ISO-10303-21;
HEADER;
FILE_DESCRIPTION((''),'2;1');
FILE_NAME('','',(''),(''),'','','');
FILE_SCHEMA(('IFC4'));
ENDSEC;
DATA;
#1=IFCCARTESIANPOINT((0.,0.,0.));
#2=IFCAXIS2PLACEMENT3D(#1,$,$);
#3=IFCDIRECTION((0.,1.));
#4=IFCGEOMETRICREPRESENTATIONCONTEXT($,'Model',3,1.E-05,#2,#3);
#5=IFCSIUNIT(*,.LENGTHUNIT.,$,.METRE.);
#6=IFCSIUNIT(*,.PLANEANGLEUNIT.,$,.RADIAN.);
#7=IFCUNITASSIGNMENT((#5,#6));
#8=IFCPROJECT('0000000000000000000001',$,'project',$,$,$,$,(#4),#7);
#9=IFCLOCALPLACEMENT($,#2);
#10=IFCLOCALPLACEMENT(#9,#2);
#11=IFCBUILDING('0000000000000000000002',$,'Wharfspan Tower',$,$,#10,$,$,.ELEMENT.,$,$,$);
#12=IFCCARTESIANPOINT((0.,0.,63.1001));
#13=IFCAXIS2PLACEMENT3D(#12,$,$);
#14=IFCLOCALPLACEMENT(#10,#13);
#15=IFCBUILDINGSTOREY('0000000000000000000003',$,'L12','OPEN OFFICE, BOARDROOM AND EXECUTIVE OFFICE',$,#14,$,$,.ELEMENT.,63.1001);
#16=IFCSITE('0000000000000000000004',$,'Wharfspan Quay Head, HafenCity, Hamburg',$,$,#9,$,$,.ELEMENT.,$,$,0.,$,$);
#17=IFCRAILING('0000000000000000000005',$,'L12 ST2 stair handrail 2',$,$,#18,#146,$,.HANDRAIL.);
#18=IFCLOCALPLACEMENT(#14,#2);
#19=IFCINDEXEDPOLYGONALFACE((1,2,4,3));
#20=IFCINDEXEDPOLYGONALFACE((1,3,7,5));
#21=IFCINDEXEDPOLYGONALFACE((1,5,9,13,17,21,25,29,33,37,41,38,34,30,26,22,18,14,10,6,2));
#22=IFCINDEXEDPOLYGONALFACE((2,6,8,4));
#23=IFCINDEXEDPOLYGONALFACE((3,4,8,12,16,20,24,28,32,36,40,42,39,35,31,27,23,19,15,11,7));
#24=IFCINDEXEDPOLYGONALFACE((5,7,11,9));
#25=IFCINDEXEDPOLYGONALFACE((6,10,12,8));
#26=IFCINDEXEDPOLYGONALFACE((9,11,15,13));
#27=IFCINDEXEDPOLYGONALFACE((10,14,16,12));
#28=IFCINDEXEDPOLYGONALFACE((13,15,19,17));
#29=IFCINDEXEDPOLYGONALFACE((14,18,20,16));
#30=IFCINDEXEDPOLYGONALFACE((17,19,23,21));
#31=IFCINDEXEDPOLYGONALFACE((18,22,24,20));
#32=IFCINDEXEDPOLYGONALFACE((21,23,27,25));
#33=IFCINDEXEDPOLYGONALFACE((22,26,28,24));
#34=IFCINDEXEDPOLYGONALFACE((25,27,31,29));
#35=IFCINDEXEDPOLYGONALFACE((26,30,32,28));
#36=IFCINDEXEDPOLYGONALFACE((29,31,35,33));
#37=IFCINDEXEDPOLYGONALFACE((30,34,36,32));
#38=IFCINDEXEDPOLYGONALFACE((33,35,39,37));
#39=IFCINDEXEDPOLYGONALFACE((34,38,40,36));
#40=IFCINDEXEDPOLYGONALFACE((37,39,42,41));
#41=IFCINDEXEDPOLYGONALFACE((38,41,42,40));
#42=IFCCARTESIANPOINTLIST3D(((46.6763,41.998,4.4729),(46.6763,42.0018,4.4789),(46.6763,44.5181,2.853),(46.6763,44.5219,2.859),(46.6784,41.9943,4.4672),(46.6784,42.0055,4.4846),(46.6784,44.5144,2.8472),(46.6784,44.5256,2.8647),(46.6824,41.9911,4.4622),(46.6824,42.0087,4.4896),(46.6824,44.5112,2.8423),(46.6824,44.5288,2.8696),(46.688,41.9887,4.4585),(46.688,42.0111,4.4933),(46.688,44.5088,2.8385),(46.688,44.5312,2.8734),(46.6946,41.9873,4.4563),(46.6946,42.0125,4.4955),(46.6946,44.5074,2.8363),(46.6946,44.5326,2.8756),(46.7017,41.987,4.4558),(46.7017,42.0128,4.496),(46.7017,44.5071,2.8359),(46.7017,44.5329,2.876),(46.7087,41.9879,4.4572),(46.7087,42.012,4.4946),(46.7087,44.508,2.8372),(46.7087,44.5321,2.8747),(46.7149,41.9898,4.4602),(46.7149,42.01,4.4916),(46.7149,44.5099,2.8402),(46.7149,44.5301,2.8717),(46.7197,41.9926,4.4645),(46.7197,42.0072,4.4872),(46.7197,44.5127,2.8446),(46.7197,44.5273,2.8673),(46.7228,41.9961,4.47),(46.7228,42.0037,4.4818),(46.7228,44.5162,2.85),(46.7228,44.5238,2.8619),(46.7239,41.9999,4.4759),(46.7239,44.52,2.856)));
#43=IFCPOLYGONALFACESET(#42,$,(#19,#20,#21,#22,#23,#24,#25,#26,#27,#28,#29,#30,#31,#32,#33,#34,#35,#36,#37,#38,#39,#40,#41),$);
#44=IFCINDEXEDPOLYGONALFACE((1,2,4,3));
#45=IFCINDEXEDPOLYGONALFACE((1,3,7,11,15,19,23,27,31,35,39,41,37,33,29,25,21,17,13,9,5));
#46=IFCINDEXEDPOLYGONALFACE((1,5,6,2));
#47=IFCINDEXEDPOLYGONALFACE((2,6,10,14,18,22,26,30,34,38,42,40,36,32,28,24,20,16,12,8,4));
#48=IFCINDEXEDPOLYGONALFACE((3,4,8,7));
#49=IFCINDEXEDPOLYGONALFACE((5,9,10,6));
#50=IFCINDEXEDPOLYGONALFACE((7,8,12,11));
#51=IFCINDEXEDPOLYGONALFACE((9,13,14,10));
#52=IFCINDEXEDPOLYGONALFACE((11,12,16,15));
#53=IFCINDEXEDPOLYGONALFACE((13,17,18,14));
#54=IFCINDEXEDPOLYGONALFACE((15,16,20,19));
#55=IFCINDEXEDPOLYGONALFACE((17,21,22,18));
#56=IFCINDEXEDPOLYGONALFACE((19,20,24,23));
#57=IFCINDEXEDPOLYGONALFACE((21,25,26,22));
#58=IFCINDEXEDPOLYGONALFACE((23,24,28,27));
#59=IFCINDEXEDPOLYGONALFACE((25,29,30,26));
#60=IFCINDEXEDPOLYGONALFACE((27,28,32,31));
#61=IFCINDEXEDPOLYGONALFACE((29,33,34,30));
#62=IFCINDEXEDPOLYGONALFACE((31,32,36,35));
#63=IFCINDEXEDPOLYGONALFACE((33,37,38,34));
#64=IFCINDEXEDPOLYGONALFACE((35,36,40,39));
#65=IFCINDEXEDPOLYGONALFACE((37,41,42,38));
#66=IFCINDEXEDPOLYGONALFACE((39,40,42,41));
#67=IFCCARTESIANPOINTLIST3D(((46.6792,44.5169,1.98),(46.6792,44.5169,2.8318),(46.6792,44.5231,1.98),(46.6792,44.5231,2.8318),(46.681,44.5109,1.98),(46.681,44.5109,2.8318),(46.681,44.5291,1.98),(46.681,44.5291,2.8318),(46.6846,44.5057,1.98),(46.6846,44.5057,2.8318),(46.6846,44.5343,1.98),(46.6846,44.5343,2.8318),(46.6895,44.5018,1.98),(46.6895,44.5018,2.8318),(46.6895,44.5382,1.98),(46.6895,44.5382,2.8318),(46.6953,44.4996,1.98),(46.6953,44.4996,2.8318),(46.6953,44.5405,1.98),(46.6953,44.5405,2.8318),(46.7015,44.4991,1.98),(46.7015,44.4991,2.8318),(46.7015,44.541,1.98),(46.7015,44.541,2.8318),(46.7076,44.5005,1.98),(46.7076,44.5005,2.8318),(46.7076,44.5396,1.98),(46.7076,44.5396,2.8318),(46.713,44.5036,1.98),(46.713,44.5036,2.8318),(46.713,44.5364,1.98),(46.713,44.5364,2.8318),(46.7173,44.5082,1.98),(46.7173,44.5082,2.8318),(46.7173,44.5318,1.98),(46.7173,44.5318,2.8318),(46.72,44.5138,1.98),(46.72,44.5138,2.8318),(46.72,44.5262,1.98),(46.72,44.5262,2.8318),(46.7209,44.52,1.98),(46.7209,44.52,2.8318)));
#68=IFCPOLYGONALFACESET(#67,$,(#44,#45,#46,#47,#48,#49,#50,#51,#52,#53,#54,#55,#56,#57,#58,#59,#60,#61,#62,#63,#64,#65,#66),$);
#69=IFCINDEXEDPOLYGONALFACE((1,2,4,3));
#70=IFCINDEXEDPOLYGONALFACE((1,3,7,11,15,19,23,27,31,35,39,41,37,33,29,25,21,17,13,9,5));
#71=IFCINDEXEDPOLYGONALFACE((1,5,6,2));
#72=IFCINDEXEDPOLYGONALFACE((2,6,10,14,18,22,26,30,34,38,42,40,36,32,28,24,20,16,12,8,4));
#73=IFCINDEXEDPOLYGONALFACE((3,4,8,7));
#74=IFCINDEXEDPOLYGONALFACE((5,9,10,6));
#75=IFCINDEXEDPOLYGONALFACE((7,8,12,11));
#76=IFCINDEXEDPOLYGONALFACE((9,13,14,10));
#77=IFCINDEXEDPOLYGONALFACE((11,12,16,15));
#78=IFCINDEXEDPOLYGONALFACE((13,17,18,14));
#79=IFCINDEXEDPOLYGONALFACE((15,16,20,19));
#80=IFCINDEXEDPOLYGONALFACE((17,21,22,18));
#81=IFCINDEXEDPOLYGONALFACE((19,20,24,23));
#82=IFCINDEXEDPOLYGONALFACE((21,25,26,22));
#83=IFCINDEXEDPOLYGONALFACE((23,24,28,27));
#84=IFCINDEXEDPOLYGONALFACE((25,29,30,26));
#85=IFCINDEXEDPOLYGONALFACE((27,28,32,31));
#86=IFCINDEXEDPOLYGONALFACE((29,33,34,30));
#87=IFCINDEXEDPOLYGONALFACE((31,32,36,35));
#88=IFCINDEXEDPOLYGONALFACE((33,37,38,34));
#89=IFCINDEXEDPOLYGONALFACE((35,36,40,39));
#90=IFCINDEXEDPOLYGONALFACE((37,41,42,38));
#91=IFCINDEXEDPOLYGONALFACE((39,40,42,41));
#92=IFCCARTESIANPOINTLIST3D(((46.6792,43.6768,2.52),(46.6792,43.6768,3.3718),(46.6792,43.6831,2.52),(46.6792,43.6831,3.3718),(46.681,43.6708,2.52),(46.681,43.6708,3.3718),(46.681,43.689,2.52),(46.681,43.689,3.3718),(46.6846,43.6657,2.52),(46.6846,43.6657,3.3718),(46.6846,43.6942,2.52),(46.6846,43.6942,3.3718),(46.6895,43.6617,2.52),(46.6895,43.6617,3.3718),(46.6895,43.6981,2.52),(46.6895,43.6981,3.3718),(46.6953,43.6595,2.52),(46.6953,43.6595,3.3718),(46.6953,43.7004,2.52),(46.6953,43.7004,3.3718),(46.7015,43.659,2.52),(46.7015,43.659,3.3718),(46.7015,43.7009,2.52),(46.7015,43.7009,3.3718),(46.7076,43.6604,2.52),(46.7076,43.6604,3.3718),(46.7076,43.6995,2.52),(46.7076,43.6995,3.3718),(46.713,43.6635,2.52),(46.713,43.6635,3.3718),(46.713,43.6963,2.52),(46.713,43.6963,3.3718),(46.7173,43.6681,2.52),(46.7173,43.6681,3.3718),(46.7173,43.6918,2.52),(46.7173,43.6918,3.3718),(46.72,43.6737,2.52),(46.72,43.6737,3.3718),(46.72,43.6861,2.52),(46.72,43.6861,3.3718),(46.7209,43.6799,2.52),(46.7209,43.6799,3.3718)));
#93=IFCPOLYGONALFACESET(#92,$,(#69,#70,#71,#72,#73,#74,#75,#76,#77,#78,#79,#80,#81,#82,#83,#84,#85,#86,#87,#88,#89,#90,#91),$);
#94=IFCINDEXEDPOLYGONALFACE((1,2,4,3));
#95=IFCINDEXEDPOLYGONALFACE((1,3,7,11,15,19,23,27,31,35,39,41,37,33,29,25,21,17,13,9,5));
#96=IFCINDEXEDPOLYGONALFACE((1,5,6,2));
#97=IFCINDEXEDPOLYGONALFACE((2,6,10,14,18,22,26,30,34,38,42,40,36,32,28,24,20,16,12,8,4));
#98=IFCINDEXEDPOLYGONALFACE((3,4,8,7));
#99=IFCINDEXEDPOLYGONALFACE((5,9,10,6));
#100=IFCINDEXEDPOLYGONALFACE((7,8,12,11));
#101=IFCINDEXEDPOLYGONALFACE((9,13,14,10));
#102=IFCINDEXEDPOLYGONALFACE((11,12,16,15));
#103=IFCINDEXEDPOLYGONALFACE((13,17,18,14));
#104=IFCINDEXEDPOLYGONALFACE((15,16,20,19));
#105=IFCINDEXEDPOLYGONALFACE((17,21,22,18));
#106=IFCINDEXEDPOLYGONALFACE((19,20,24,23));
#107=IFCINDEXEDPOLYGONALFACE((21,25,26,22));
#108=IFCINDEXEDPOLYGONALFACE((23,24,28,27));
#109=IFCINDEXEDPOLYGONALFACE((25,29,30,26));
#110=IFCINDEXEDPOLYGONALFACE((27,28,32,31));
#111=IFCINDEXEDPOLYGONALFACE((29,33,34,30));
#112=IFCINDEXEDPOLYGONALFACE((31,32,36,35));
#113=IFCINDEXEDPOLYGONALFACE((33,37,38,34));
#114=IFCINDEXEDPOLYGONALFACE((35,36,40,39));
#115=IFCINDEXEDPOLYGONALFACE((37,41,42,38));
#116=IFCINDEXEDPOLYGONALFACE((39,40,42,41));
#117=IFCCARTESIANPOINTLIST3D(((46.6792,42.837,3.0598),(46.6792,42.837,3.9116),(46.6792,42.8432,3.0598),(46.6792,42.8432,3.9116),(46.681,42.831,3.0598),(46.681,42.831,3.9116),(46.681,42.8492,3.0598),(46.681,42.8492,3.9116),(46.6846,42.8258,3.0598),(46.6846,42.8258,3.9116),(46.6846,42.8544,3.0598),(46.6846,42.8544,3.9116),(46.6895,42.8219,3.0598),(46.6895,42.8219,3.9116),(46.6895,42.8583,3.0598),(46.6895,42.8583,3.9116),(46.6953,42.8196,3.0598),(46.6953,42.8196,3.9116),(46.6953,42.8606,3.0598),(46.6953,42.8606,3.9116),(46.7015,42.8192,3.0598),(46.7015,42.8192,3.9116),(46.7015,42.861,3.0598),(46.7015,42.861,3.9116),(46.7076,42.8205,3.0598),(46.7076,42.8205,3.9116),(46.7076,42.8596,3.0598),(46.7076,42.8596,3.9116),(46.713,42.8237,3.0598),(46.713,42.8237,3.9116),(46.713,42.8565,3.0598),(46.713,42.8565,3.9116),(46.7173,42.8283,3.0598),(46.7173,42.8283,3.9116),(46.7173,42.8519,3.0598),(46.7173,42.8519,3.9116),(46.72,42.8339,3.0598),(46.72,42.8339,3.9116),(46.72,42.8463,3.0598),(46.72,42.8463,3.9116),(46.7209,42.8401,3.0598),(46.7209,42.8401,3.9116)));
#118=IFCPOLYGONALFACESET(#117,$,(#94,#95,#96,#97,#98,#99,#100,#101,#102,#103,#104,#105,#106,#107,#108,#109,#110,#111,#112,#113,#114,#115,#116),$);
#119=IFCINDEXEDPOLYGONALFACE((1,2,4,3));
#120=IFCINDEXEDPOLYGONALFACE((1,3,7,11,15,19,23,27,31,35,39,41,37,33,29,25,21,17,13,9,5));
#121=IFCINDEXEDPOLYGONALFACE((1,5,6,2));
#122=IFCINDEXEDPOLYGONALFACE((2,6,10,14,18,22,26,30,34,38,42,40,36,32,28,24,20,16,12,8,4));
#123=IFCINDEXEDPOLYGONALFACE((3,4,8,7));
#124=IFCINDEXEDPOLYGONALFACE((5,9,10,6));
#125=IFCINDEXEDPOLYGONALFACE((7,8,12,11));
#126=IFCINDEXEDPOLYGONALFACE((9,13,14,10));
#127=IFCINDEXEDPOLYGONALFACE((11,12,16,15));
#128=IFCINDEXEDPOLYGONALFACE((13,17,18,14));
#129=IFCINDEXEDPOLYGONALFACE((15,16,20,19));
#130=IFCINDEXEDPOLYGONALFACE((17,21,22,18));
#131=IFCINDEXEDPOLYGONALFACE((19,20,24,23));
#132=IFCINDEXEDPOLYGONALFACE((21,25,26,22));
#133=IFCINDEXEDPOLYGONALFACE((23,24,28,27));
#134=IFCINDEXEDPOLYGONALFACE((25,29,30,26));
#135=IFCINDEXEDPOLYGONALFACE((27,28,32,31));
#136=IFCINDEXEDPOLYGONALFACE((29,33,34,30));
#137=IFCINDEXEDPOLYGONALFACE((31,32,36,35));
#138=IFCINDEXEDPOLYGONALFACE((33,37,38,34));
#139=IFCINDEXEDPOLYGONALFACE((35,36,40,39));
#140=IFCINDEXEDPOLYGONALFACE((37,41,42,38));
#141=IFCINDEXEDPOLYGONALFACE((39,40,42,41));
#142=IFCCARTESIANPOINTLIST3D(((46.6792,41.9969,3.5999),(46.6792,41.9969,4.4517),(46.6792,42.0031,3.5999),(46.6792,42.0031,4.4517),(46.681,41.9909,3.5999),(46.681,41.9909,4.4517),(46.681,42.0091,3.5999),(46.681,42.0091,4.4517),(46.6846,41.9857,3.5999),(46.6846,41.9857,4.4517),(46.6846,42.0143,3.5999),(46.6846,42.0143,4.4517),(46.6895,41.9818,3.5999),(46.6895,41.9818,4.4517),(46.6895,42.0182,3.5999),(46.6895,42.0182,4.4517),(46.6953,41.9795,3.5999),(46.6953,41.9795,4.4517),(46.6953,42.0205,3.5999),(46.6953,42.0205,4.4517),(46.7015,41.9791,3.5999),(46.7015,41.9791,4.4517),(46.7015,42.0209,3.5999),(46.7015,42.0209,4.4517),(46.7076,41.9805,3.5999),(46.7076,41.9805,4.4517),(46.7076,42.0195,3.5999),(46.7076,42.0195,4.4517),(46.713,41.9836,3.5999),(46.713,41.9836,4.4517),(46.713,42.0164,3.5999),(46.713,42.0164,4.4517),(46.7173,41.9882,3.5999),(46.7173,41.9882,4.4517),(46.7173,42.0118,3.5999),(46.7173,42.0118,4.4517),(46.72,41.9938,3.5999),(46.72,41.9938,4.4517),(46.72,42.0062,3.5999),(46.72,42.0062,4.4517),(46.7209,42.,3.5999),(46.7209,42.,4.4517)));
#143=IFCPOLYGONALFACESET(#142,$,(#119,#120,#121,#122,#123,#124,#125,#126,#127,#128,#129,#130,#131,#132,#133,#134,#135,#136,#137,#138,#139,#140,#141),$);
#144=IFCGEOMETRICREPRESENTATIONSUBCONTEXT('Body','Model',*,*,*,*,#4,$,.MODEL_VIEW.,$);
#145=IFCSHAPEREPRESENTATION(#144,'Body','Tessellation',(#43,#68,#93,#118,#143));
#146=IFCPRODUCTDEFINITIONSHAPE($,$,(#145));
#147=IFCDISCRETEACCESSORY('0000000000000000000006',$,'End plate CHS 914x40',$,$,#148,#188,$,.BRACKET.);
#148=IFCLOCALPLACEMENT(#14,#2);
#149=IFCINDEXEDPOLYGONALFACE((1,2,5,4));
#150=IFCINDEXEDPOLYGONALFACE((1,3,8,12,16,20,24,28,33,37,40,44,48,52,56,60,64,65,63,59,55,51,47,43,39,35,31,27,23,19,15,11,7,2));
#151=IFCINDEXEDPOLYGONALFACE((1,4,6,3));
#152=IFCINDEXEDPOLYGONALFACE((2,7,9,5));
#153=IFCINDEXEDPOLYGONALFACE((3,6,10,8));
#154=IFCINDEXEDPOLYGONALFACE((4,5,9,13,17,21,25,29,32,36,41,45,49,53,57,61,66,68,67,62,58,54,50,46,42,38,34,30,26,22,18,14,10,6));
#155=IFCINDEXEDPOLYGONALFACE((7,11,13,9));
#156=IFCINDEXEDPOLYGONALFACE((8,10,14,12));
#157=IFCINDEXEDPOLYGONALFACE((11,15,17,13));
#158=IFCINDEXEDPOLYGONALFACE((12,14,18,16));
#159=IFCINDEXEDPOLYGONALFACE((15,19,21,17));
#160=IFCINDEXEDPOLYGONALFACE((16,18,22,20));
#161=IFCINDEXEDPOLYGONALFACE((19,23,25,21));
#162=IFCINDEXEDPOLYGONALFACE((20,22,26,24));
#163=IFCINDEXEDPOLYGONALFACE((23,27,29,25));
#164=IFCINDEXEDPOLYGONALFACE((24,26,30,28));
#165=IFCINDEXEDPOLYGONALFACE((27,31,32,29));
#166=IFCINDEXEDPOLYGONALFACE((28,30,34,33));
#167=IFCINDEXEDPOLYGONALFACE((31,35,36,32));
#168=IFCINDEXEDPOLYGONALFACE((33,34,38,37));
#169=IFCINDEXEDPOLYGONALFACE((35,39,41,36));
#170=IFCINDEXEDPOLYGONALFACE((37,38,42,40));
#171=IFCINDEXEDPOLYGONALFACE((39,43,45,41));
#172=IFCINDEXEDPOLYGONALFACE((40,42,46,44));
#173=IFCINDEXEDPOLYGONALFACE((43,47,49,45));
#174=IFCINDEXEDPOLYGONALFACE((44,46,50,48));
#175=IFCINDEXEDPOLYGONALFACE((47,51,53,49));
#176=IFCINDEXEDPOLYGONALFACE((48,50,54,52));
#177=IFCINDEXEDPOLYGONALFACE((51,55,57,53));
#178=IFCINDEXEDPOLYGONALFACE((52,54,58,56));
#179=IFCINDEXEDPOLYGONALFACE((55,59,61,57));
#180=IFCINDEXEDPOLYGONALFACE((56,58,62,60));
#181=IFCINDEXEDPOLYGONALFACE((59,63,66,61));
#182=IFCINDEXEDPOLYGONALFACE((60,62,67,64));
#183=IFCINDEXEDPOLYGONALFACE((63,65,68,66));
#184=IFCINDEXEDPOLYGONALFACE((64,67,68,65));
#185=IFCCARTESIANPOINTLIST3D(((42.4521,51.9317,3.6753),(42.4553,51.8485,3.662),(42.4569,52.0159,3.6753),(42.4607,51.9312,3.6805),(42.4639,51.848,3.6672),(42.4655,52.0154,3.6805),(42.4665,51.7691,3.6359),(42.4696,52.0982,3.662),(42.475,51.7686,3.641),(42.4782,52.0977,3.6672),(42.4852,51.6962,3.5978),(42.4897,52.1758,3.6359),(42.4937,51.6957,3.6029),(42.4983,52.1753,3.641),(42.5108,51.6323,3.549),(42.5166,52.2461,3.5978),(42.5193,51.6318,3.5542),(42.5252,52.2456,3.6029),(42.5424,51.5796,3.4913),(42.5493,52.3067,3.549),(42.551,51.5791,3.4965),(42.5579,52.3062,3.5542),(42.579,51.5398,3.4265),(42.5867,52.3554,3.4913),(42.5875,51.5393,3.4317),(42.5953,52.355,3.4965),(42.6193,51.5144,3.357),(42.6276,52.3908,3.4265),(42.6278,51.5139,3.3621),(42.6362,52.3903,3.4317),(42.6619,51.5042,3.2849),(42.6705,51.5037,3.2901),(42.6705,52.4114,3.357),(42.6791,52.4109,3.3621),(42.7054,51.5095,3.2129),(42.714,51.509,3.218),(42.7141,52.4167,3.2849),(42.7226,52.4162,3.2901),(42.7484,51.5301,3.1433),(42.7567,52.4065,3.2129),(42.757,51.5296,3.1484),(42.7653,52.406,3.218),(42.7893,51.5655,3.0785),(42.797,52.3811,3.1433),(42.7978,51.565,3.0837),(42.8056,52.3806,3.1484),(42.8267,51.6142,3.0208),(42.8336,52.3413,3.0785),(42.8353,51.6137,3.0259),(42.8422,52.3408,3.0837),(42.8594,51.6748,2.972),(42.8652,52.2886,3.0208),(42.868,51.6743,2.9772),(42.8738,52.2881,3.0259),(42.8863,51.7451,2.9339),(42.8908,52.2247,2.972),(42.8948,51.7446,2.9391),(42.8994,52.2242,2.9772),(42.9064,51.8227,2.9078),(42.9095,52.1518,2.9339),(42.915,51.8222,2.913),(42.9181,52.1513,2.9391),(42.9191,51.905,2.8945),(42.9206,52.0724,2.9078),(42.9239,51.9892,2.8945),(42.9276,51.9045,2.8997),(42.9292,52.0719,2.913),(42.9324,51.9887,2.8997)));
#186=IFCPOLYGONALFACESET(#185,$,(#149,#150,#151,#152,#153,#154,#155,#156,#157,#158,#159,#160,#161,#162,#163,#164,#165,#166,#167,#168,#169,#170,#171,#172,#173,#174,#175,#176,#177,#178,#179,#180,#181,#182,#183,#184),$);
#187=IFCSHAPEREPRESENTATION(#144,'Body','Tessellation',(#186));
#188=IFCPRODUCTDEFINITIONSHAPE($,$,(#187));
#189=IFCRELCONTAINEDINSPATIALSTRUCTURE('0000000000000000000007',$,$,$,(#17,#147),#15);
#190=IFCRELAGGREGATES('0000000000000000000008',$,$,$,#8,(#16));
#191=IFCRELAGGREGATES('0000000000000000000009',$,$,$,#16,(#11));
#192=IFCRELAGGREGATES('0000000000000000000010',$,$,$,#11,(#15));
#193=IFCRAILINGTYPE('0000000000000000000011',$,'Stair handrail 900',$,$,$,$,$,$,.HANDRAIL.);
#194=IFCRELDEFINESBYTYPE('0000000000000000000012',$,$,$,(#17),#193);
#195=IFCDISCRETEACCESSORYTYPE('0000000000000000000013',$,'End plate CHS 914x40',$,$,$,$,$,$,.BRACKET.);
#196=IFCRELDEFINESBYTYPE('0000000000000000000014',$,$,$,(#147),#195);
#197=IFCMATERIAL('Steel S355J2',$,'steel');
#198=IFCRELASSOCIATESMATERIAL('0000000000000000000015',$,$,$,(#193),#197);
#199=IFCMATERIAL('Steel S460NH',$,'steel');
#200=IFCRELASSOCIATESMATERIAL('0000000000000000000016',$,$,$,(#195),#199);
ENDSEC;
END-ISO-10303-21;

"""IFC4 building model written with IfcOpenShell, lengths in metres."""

from ifc_helpers import new_model, si_unit, direction, frame, origin, origin_2d, place, context, subcontext, project, spatial, circle, extrude, material, material_profile, profile_set, type_object, element, save


model = new_model("IFC4")

# Units and contexts
model_context = context("Model", 3, precision=1e-05, world=origin(), true_north=direction((0.0, 1.0)))
body_context = subcontext(model_context, "Body", "Model", "MODEL_VIEW")
ifc_project = project(units=[si_unit("LENGTHUNIT", "METRE"), si_unit("PLANEANGLEUNIT", "RADIAN")], contexts=[model_context])

# Site, building, storey
site_placement = place(None, origin())
site = spatial("IfcSite", under=ifc_project, at=site_placement, Name="Wharfspan Quay Head, HafenCity, Hamburg", CompositionType="ELEMENT", RefElevation=0.0)
building_placement = place(site_placement, origin())
building = spatial("IfcBuilding", under=site, at=building_placement, Name="Wharfspan Tower", CompositionType="ELEMENT")
storey_placement = place(building_placement, frame((0.0, 0.0, 63.1001)))
storey = spatial("IfcBuildingStorey", under=building, at=storey_placement, Name="L12", Description="OPEN OFFICE, BOARDROOM AND EXECUTIVE OFFICE", CompositionType="ELEMENT", Elevation=63.1001)

# Shared definitions
ifc_material_1 = material(Name="Steel S355J2", Category="steel")

# Shared definitions
ifc_material_2 = material(Name="Steel S460NH", Category="steel")

# Railing
railing_type_1 = type_object("IfcRailingType", Name="Stair handrail 900", PredefinedType="HANDRAIL", material=ifc_material_1)
railing_1_placement = place(storey_placement, frame((46.7, 44.52, 1.98)))
element("IfcRailing", 1, at=railing_1_placement, inside=storey, type_object=railing_type_1, Name="L12 ST2 stair handrail 2", PredefinedType="HANDRAIL", context=body_context, shape_type="SweptSolid", body=[
    extrude(circle(Radius=0.0239, at=origin_2d()), frame((0.0, 0.0, 0.876), z_axis=(0.0, -0.8412, 0.540725), x_axis=(1.0, 0.0, 0.0)), (0.0, 0.0, 1.0), 2.9958),
    extrude(circle(Radius=0.021, at=origin_2d()), origin(), (0.0, 0.0, 1.0), 0.8518),
    extrude(circle(Radius=0.021, at=origin_2d()), frame((0.0, -0.8401, 0.54)), (0.0, 0.0, 1.0), 0.8518),
    extrude(circle(Radius=0.021, at=origin_2d()), frame((0.0, -1.6799, 1.0798)), (0.0, 0.0, 1.0), 0.8518),
    extrude(circle(Radius=0.021, at=origin_2d()), frame((0.0, -2.52, 1.6199)), (0.0, 0.0, 1.0), 0.8518),
])

# Discrete accessory
ifc_material_profile_1 = material_profile(ifc_material_2, circle(Radius=0.457, at=origin_2d()))
ifc_profile_set_1 = profile_set([ifc_material_profile_1], Name="Steel S460NH")
discrete_accessory_type = type_object("IfcDiscreteAccessoryType", Name="End plate CHS 914x40", PredefinedType="BRACKET", material=ifc_profile_set_1)
for number, where, z_axis, x_axis, name in (
    (2, (42.688, 51.9604, 3.2849), (0.856465, -0.048941, 0.513879), (0.05705, 0.998372, 0.0), "End plate CHS 914x40"),
):
    element("IfcDiscreteAccessory", number, at=place(storey_placement, frame(where, z_axis=z_axis, x_axis=x_axis)), inside=storey, type_object=discrete_accessory_type, Name=name, PredefinedType="BRACKET", context=body_context, shape_type="SweptSolid", body=[
        extrude(circle(Radius=0.457, at=origin_2d()), origin(), (0.0, 0.0, 1.0), 0.01),
    ])

save(model, "model.ifc")
